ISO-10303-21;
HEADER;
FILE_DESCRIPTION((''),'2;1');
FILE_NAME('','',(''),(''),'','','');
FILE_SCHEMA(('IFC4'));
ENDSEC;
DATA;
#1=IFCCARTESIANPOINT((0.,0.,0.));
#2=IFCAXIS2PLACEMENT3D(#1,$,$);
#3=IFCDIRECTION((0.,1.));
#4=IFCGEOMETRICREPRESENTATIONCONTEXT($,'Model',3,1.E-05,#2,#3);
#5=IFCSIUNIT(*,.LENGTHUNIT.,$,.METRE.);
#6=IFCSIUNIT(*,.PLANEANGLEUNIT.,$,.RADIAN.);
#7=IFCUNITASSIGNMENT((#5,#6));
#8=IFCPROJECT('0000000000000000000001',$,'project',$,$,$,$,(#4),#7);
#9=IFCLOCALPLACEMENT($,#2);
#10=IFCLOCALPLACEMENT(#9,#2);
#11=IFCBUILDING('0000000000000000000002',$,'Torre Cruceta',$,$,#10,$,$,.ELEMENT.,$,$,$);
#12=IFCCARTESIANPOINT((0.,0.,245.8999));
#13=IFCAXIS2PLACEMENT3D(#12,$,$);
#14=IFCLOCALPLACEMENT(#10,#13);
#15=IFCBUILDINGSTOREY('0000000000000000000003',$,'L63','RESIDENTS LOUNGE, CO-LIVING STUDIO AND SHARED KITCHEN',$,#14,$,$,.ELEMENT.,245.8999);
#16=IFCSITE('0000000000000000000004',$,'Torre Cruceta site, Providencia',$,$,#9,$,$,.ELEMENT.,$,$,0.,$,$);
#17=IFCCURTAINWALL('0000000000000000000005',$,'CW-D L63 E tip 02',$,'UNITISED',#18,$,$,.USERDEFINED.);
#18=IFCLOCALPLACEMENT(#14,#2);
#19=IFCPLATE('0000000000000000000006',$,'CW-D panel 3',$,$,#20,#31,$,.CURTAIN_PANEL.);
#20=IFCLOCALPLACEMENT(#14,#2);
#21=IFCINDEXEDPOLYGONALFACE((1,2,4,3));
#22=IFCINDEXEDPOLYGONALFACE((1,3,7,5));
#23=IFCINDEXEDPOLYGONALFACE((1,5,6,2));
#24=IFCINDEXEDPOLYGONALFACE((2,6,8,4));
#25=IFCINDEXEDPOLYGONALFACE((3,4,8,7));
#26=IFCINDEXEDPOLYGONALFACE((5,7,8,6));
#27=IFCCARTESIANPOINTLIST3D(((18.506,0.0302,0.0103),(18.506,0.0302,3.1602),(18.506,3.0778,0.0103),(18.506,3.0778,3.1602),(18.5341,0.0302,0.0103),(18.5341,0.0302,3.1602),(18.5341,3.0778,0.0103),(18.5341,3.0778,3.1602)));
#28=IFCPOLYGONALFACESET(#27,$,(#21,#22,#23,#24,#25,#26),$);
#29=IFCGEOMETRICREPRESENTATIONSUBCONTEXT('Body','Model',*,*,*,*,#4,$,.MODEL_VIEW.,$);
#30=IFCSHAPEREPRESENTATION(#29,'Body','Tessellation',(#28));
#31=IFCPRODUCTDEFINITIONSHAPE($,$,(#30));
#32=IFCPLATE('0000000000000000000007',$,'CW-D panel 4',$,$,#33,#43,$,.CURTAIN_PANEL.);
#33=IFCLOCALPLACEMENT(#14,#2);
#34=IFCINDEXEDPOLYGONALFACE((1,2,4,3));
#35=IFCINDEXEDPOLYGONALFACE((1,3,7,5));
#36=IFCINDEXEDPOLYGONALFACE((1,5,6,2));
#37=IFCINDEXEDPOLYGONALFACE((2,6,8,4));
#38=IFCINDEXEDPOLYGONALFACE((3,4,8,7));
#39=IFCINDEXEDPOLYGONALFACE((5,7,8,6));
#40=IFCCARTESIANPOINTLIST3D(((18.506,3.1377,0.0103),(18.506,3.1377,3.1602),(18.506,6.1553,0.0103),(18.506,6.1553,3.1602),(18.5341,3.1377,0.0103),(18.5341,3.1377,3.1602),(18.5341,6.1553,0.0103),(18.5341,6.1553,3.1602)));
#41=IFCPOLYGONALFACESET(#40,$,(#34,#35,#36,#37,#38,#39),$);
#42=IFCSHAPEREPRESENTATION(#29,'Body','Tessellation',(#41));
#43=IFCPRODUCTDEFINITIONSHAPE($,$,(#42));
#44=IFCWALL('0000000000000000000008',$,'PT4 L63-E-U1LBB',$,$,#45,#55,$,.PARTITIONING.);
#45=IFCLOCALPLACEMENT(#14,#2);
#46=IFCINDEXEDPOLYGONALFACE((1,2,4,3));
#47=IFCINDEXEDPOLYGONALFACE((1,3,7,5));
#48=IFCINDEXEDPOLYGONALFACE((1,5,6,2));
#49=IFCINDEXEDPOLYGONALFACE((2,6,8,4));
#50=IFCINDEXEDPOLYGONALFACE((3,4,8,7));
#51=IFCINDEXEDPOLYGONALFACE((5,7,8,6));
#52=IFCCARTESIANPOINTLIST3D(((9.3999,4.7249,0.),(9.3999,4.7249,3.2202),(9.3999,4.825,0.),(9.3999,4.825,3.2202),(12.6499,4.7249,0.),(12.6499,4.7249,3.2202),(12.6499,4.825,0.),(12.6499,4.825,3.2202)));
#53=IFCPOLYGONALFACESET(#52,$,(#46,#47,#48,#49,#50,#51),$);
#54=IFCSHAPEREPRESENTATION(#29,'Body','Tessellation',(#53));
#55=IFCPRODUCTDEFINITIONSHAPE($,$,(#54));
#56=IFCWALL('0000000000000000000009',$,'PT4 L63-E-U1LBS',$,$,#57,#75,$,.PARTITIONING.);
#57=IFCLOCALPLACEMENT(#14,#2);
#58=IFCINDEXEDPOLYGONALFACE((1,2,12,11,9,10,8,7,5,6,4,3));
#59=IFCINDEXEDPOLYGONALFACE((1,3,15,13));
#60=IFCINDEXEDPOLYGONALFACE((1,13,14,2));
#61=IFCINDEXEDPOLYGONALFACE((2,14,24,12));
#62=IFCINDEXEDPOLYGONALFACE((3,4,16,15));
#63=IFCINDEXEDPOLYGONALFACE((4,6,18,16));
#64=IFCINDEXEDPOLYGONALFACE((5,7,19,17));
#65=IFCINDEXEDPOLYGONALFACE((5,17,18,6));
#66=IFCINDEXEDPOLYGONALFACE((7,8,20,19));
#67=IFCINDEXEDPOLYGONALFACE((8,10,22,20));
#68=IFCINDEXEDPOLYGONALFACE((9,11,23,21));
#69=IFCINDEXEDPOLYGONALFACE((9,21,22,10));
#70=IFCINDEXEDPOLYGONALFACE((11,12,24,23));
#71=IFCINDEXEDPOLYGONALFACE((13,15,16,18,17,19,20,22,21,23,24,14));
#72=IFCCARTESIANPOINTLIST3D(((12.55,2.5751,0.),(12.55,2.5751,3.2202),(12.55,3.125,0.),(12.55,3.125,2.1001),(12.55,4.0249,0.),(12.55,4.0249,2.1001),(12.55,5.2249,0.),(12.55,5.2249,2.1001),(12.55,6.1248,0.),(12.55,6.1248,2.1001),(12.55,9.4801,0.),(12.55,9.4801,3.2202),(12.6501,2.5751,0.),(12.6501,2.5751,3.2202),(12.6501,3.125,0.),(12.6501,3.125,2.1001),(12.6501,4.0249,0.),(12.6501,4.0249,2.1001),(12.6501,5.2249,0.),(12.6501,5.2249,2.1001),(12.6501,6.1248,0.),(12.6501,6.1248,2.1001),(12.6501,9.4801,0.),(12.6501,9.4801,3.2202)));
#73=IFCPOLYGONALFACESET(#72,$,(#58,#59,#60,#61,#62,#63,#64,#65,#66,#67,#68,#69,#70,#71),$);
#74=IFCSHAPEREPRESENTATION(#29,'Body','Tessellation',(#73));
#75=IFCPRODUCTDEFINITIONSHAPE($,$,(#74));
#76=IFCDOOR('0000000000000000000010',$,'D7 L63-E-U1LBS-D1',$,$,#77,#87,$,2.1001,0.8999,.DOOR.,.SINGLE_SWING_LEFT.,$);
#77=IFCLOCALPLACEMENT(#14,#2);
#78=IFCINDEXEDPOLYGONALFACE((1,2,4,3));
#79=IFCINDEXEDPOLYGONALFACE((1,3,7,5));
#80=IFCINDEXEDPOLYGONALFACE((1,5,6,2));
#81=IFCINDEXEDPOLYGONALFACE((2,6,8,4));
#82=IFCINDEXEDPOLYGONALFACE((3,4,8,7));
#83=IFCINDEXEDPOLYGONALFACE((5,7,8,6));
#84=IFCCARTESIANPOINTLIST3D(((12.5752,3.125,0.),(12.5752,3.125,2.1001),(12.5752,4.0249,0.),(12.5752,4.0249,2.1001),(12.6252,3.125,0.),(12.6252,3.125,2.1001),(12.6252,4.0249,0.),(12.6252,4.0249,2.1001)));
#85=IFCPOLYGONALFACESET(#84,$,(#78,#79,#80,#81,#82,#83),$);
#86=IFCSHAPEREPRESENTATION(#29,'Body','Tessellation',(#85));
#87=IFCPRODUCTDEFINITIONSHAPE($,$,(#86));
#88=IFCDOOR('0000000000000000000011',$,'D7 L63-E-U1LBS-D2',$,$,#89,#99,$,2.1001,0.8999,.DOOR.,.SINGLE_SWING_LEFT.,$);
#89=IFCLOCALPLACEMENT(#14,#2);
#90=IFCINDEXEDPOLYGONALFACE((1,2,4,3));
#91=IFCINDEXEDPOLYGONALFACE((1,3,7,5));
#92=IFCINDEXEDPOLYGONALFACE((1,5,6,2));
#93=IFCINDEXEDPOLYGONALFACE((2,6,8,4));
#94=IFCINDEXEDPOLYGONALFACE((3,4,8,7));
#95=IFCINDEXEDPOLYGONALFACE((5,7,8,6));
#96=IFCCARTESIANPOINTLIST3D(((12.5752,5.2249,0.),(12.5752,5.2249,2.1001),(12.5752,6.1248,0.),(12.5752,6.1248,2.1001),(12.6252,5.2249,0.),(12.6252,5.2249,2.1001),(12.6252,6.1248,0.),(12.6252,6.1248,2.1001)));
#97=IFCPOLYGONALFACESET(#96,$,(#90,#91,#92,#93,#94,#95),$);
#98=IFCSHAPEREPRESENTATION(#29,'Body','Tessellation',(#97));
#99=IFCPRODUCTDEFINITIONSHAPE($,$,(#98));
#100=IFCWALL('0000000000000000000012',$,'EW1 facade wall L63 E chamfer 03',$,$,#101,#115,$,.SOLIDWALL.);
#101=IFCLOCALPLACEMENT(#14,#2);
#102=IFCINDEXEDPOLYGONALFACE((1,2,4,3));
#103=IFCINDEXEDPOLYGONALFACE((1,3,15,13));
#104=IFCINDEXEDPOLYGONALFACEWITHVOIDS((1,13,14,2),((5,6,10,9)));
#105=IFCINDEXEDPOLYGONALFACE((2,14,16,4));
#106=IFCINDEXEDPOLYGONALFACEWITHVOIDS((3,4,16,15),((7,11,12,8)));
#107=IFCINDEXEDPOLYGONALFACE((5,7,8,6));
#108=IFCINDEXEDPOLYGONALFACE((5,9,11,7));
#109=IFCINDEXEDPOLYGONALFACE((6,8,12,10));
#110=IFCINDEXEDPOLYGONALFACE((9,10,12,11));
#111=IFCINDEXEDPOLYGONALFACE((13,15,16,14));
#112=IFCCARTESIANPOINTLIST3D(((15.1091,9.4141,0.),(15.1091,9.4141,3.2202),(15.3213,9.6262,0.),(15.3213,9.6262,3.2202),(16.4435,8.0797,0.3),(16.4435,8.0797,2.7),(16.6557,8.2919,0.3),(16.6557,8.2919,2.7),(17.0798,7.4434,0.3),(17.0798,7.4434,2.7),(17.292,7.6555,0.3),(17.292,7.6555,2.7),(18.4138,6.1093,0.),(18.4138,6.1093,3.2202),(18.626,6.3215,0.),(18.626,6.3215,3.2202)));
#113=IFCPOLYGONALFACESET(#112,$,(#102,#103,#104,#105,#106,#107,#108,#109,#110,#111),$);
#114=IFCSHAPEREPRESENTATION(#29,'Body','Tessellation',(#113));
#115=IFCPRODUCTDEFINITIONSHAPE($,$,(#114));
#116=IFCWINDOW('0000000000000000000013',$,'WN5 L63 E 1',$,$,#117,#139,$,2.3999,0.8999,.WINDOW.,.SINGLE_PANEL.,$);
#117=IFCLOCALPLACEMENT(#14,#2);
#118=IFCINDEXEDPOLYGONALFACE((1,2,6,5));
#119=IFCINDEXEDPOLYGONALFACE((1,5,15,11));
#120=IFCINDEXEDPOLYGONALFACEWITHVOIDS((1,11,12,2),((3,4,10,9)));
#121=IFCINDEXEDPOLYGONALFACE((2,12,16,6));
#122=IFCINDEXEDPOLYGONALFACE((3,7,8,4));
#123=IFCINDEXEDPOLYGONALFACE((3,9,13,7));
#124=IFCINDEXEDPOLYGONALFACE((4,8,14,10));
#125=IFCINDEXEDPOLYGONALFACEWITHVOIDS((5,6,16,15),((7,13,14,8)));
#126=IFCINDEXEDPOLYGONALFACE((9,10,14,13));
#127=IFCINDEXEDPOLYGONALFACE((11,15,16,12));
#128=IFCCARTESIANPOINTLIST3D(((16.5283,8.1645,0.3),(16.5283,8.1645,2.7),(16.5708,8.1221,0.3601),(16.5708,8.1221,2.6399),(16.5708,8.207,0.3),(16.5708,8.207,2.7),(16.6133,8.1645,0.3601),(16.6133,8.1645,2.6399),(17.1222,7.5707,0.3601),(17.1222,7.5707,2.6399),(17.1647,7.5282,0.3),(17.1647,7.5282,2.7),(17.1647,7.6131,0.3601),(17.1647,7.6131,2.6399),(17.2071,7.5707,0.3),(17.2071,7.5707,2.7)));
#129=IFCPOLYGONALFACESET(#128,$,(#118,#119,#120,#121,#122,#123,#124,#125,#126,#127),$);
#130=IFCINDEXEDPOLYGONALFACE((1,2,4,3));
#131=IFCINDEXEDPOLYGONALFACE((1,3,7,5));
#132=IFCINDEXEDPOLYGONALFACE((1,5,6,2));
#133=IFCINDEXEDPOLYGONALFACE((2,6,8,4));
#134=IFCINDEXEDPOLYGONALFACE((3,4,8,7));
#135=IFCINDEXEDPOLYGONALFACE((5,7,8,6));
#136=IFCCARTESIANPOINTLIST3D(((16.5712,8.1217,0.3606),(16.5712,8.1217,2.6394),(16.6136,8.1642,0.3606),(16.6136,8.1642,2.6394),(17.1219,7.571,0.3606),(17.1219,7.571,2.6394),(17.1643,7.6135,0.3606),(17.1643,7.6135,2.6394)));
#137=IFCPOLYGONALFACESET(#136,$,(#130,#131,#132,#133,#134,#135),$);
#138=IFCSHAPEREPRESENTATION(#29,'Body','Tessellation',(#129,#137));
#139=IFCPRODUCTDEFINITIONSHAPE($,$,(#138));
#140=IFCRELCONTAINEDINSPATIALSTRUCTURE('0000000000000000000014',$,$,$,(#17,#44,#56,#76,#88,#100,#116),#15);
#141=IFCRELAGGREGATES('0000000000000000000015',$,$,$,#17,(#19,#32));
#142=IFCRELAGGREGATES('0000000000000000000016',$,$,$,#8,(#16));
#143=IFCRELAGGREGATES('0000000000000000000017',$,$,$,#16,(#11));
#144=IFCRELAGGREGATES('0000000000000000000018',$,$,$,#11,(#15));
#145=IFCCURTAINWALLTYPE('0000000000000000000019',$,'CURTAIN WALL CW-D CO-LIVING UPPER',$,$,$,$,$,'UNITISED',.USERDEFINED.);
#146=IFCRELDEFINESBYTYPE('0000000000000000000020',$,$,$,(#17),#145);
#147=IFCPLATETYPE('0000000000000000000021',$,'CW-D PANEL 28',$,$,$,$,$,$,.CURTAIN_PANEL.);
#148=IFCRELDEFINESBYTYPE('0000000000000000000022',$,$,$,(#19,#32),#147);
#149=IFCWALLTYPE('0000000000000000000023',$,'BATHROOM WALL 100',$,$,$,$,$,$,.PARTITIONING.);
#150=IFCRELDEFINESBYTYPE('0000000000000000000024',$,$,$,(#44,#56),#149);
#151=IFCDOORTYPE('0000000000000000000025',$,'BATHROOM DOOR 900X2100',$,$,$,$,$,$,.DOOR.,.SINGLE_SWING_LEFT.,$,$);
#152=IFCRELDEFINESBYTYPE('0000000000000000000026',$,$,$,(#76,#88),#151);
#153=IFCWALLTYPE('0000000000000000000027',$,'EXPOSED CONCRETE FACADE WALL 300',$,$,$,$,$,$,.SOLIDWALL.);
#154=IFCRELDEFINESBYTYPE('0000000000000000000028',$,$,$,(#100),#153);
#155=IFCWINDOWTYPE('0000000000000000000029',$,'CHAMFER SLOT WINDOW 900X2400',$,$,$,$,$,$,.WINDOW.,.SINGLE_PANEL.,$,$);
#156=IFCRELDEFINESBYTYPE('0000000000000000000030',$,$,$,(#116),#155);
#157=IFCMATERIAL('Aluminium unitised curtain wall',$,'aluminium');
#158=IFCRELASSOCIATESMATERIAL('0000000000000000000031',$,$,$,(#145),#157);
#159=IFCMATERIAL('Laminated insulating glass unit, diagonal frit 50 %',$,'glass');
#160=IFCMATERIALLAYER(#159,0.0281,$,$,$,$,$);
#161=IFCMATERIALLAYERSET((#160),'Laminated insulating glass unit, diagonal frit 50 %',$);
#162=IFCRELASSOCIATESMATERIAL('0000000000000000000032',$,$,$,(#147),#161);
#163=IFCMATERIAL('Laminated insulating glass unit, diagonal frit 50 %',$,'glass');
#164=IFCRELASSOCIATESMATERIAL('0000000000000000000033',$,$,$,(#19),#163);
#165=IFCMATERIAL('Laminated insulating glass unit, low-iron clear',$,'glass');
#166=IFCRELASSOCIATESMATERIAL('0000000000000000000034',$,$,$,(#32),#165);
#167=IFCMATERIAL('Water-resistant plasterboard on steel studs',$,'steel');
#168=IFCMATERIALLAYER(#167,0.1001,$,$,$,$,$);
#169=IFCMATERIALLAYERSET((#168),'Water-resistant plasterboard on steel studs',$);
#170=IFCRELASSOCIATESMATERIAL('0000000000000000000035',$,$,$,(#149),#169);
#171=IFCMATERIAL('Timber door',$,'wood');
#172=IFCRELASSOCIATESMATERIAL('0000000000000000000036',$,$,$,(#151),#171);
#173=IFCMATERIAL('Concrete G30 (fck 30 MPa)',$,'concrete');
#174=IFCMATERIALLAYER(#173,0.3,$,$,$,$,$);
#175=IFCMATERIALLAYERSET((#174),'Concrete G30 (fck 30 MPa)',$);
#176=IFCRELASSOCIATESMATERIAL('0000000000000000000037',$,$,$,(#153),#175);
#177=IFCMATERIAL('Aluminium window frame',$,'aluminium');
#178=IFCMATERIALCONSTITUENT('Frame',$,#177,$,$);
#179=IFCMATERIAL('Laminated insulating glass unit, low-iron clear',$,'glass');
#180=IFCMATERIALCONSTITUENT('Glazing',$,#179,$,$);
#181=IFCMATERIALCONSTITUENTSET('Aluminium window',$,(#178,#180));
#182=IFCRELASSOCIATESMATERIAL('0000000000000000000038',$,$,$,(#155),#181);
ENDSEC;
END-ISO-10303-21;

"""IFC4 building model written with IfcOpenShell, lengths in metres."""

from ifc_helpers import new_model, si_unit, direction, frame, frame_2d, origin, origin_2d, place, context, subcontext, project, spatial, rectangle, hollow_rectangle, extrude, material, layer, layer_set, constituent, constituent_set, type_object, element, fill, aggregate, save


model = new_model("IFC4")

# Units and contexts
model_context = context("Model", 3, precision=1e-05, world=origin(), true_north=direction((0.0, 1.0)))
body_context = subcontext(model_context, "Body", "Model", "MODEL_VIEW")
ifc_project = project(units=[si_unit("LENGTHUNIT", "METRE"), si_unit("PLANEANGLEUNIT", "RADIAN")], contexts=[model_context])

# Site, building, storey
site_placement = place(None, origin())
site = spatial("IfcSite", under=ifc_project, at=site_placement, Name="Torre Cruceta site, Providencia", CompositionType="ELEMENT", RefElevation=0.0)
building_placement = place(site_placement, origin())
building = spatial("IfcBuilding", under=site, at=building_placement, Name="Torre Cruceta", CompositionType="ELEMENT")
storey_placement = place(building_placement, frame((0.0, 0.0, 245.8999)))
storey = spatial("IfcBuildingStorey", under=building, at=storey_placement, Name="L63", Description="RESIDENTS LOUNGE, CO-LIVING STUDIO AND SHARED KITCHEN", CompositionType="ELEMENT", Elevation=245.8999)

# Curtain wall
ifc_material_1 = material(Name="Aluminium unitised curtain wall", Category="aluminium")
curtain_wall_type = type_object("IfcCurtainWallType", Name="CURTAIN WALL CW-D CO-LIVING UPPER", ElementType="UNITISED", PredefinedType="USERDEFINED", material=ifc_material_1)
curtain_wall_placement = place(storey_placement, origin())
curtain_wall = element("IfcCurtainWall", 1, at=curtain_wall_placement, inside=storey, type_object=curtain_wall_type, Name="CW-D L63 E tip 02", ObjectType="UNITISED", PredefinedType="USERDEFINED")

# Plates
ifc_material_2 = material(Name="Laminated insulating glass unit, diagonal frit 50 %", Category="glass")
ifc_material_3 = material(Name="Laminated insulating glass unit, diagonal frit 50 %", Category="glass")
ifc_layer_1 = layer(ifc_material_3, 0.0281)
ifc_layer_set_1 = layer_set([ifc_layer_1], Name="Laminated insulating glass unit, diagonal frit 50 %")
plate_type = type_object("IfcPlateType", Name="CW-D PANEL 28", PredefinedType="CURTAIN_PANEL", material=ifc_layer_set_1)
plate_1_placement = place(storey_placement, frame((18.52, 1.554, 0.0103), z_axis=(0.0, 0.0, 1.0), x_axis=(0.0, 1.0, 0.0)))
plate_1 = element("IfcPlate", 2, at=plate_1_placement, type_object=plate_type, material=ifc_material_2, Name="CW-D panel 3", PredefinedType="CURTAIN_PANEL", context=body_context, shape_type="SweptSolid", body=[
    extrude(rectangle(XDim=3.0476, YDim=0.0281, at=origin_2d()), origin(), (0.0, 0.0, 1.0), 3.1499),
])
ifc_material_4 = material(Name="Laminated insulating glass unit, low-iron clear", Category="glass")
plate_2_placement = place(storey_placement, frame((18.52, 4.6465, 0.0103), z_axis=(0.0, 0.0, 1.0), x_axis=(0.0, 1.0, 0.0)))
plate_2 = element("IfcPlate", 3, at=plate_2_placement, type_object=plate_type, material=ifc_material_4, Name="CW-D panel 4", PredefinedType="CURTAIN_PANEL", context=body_context, shape_type="SweptSolid", body=[
    extrude(rectangle(XDim=3.0176, YDim=0.0281, at=origin_2d()), origin(), (0.0, 0.0, 1.0), 3.1499),
])
aggregate(curtain_wall, [plate_1, plate_2])

# Wall
ifc_material_5 = material(Name="Water-resistant plasterboard on steel studs", Category="steel")
ifc_layer_2 = layer(ifc_material_5, 0.1001)
ifc_layer_set_2 = layer_set([ifc_layer_2], Name="Water-resistant plasterboard on steel studs")
wall_type_1 = type_object("IfcWallType", Name="BATHROOM WALL 100", PredefinedType="PARTITIONING", material=ifc_layer_set_2)
wall_1_placement = place(storey_placement, frame((9.3999, 4.7749, 0.0), z_axis=(0.0, 0.0, 1.0), x_axis=(1.0, 0.0, 0.0)))
element("IfcWall", 4, at=wall_1_placement, inside=storey, type_object=wall_type_1, Name="PT4 L63-E-U1LBB", PredefinedType="PARTITIONING", context=body_context, shape_type="SweptSolid", body=[
    extrude(rectangle(XDim=3.25, YDim=0.1001, at=frame_2d((1.625, 0.0))), origin(), (0.0, 0.0, 1.0), 3.2202),
])

# Wall, openings, doors
wall_2_placement = place(storey_placement, frame((12.6001, 2.575, 0.0), z_axis=(0.0, 0.0, 1.0), x_axis=(0.0, 1.0, 0.0)))
wall_2 = element("IfcWall", 5, at=wall_2_placement, inside=storey, type_object=wall_type_1, Name="PT4 L63-E-U1LBS", PredefinedType="PARTITIONING", context=body_context, shape_type="SweptSolid", body=[
    extrude(rectangle(XDim=6.905, YDim=0.1001, at=frame_2d((3.4526, 0.0))), origin(), (0.0, 0.0, 1.0), 3.2202),
])
opening_1_placement = place(wall_2_placement, frame((0.55, 0.0, 0.0)))
opening_1 = element("IfcOpeningElement", 6, at=opening_1_placement, cuts=wall_2, PredefinedType="OPENING", context=body_context, shape_type="SweptSolid", body=[
    extrude(rectangle(XDim=0.8999, YDim=2.1001, at=frame_2d((0.45, 1.05))), frame((0.0, 0.0601, 0.0), z_axis=(0.0, -1.0, 0.0), x_axis=(1.0, 0.0, 0.0)), (0.0, 0.0, 1.0), 0.1201),
])
opening_2_placement = place(wall_2_placement, frame((2.6499, 0.0, 0.0)))
opening_2 = element("IfcOpeningElement", 7, at=opening_2_placement, cuts=wall_2, PredefinedType="OPENING", context=body_context, shape_type="SweptSolid", body=[
    extrude(rectangle(XDim=0.8999, YDim=2.1001, at=frame_2d((0.45, 1.05))), frame((0.0, 0.0601, 0.0), z_axis=(0.0, -1.0, 0.0), x_axis=(1.0, 0.0, 0.0)), (0.0, 0.0, 1.0), 0.1201),
])
ifc_material_6 = material(Name="Timber door", Category="wood")
door_type_1 = type_object("IfcDoorType", Name="BATHROOM DOOR 900X2100", OperationType="SINGLE_SWING_LEFT", PredefinedType="DOOR", material=ifc_material_6)
door_1_placement = place(opening_1_placement, origin())
door_1 = element("IfcDoor", 8, at=door_1_placement, inside=storey, type_object=door_type_1, Name="D7 L63-E-U1LBS-D1", OperationType="SINGLE_SWING_LEFT", OverallHeight=2.1001, OverallWidth=0.8999, PredefinedType="DOOR", context=body_context, shape_type="SweptSolid", body=[
    extrude(rectangle(XDim=0.8999, YDim=2.1001, at=frame_2d((0.45, 1.05))), frame((0.0, 0.0249, 0.0), z_axis=(0.0, -1.0, 0.0), x_axis=(1.0, 0.0, 0.0)), (0.0, 0.0, 1.0), 0.05),
])
fill(opening_1, door_1)
door_2_placement = place(opening_2_placement, origin())
door_2 = element("IfcDoor", 9, at=door_2_placement, inside=storey, type_object=door_type_1, Name="D7 L63-E-U1LBS-D2", OperationType="SINGLE_SWING_LEFT", OverallHeight=2.1001, OverallWidth=0.8999, PredefinedType="DOOR", context=body_context, shape_type="SweptSolid", body=[
    extrude(rectangle(XDim=0.8999, YDim=2.1001, at=frame_2d((0.45, 1.05))), frame((0.0, 0.0249, 0.0), z_axis=(0.0, -1.0, 0.0), x_axis=(1.0, 0.0, 0.0)), (0.0, 0.0, 1.0), 0.05),
])
fill(opening_2, door_2)

# Wall, opening, window
ifc_material_7 = material(Name="Concrete G30 (fck 30 MPa)", Category="concrete")
ifc_layer_3 = layer(ifc_material_7, 0.3)
ifc_layer_set_3 = layer_set([ifc_layer_3], Name="Concrete G30 (fck 30 MPa)")
wall_type_2 = type_object("IfcWallType", Name="EXPOSED CONCRETE FACADE WALL 300", PredefinedType="SOLIDWALL", material=ifc_layer_set_3)
wall_3_placement = place(storey_placement, frame((18.52, 6.2153, 0.0), z_axis=(0.0, 0.0, 1.0), x_axis=(-0.707107, 0.707107, 0.0)))
wall_3 = element("IfcWall", 10, at=wall_3_placement, inside=storey, type_object=wall_type_2, Name="EW1 facade wall L63 E chamfer 03", PredefinedType="SOLIDWALL", context=body_context, shape_type="SweptSolid", body=[
    extrude(rectangle(XDim=4.6736, YDim=0.3, at=frame_2d((2.3369, 0.0))), origin(), (0.0, 0.0, 1.0), 3.2202),
])
opening_3_placement = place(wall_3_placement, frame((1.8867, 0.0, 0.3)))
opening_3 = element("IfcOpeningElement", 11, at=opening_3_placement, cuts=wall_3, PredefinedType="OPENING", context=body_context, shape_type="SweptSolid", body=[
    extrude(rectangle(XDim=0.8999, YDim=2.3999, at=frame_2d((0.45, 1.2))), frame((0.0, 0.1599, 0.0), z_axis=(0.0, -1.0, 0.0), x_axis=(1.0, 0.0, 0.0)), (0.0, 0.0, 1.0), 0.3201),
])
ifc_material_8 = material(Name="Aluminium window frame", Category="aluminium")
ifc_constituent_1 = constituent(ifc_material_8, Name="Frame")
ifc_material_9 = material(Name="Laminated insulating glass unit, low-iron clear", Category="glass")
ifc_constituent_2 = constituent(ifc_material_9, Name="Glazing")
ifc_constituent_set_1 = constituent_set(constituents=[ifc_constituent_1, ifc_constituent_2], Name="Aluminium window")
window_type = type_object("IfcWindowType", Name="CHAMFER SLOT WINDOW 900X2400", PartitioningType="SINGLE_PANEL", PredefinedType="WINDOW", material=ifc_constituent_set_1)
window_placement = place(opening_3_placement, origin())
window = element("IfcWindow", 12, at=window_placement, inside=storey, type_object=window_type, Name="WN5 L63 E 1", OverallHeight=2.3999, OverallWidth=0.8999, PartitioningType="SINGLE_PANEL", PredefinedType="WINDOW", context=body_context, shape_type="SweptSolid", body=[
    extrude(hollow_rectangle(XDim=0.8999, YDim=2.3999, WallThickness=0.0601, at=frame_2d((0.45, 1.2))), frame((0.0, 0.03, 0.0), z_axis=(0.0, -1.0, 0.0), x_axis=(1.0, 0.0, 0.0)), (0.0, 0.0, 1.0), 0.0601),
    extrude(rectangle(XDim=0.7788, YDim=2.2788, at=frame_2d((0.45, 1.2))), frame((0.0, 0.03, 0.0), z_axis=(0.0, -1.0, 0.0), x_axis=(1.0, 0.0, 0.0)), (0.0, 0.0, 1.0), 0.0601),
])
fill(opening_3, window)

save(model, "model.ifc")
